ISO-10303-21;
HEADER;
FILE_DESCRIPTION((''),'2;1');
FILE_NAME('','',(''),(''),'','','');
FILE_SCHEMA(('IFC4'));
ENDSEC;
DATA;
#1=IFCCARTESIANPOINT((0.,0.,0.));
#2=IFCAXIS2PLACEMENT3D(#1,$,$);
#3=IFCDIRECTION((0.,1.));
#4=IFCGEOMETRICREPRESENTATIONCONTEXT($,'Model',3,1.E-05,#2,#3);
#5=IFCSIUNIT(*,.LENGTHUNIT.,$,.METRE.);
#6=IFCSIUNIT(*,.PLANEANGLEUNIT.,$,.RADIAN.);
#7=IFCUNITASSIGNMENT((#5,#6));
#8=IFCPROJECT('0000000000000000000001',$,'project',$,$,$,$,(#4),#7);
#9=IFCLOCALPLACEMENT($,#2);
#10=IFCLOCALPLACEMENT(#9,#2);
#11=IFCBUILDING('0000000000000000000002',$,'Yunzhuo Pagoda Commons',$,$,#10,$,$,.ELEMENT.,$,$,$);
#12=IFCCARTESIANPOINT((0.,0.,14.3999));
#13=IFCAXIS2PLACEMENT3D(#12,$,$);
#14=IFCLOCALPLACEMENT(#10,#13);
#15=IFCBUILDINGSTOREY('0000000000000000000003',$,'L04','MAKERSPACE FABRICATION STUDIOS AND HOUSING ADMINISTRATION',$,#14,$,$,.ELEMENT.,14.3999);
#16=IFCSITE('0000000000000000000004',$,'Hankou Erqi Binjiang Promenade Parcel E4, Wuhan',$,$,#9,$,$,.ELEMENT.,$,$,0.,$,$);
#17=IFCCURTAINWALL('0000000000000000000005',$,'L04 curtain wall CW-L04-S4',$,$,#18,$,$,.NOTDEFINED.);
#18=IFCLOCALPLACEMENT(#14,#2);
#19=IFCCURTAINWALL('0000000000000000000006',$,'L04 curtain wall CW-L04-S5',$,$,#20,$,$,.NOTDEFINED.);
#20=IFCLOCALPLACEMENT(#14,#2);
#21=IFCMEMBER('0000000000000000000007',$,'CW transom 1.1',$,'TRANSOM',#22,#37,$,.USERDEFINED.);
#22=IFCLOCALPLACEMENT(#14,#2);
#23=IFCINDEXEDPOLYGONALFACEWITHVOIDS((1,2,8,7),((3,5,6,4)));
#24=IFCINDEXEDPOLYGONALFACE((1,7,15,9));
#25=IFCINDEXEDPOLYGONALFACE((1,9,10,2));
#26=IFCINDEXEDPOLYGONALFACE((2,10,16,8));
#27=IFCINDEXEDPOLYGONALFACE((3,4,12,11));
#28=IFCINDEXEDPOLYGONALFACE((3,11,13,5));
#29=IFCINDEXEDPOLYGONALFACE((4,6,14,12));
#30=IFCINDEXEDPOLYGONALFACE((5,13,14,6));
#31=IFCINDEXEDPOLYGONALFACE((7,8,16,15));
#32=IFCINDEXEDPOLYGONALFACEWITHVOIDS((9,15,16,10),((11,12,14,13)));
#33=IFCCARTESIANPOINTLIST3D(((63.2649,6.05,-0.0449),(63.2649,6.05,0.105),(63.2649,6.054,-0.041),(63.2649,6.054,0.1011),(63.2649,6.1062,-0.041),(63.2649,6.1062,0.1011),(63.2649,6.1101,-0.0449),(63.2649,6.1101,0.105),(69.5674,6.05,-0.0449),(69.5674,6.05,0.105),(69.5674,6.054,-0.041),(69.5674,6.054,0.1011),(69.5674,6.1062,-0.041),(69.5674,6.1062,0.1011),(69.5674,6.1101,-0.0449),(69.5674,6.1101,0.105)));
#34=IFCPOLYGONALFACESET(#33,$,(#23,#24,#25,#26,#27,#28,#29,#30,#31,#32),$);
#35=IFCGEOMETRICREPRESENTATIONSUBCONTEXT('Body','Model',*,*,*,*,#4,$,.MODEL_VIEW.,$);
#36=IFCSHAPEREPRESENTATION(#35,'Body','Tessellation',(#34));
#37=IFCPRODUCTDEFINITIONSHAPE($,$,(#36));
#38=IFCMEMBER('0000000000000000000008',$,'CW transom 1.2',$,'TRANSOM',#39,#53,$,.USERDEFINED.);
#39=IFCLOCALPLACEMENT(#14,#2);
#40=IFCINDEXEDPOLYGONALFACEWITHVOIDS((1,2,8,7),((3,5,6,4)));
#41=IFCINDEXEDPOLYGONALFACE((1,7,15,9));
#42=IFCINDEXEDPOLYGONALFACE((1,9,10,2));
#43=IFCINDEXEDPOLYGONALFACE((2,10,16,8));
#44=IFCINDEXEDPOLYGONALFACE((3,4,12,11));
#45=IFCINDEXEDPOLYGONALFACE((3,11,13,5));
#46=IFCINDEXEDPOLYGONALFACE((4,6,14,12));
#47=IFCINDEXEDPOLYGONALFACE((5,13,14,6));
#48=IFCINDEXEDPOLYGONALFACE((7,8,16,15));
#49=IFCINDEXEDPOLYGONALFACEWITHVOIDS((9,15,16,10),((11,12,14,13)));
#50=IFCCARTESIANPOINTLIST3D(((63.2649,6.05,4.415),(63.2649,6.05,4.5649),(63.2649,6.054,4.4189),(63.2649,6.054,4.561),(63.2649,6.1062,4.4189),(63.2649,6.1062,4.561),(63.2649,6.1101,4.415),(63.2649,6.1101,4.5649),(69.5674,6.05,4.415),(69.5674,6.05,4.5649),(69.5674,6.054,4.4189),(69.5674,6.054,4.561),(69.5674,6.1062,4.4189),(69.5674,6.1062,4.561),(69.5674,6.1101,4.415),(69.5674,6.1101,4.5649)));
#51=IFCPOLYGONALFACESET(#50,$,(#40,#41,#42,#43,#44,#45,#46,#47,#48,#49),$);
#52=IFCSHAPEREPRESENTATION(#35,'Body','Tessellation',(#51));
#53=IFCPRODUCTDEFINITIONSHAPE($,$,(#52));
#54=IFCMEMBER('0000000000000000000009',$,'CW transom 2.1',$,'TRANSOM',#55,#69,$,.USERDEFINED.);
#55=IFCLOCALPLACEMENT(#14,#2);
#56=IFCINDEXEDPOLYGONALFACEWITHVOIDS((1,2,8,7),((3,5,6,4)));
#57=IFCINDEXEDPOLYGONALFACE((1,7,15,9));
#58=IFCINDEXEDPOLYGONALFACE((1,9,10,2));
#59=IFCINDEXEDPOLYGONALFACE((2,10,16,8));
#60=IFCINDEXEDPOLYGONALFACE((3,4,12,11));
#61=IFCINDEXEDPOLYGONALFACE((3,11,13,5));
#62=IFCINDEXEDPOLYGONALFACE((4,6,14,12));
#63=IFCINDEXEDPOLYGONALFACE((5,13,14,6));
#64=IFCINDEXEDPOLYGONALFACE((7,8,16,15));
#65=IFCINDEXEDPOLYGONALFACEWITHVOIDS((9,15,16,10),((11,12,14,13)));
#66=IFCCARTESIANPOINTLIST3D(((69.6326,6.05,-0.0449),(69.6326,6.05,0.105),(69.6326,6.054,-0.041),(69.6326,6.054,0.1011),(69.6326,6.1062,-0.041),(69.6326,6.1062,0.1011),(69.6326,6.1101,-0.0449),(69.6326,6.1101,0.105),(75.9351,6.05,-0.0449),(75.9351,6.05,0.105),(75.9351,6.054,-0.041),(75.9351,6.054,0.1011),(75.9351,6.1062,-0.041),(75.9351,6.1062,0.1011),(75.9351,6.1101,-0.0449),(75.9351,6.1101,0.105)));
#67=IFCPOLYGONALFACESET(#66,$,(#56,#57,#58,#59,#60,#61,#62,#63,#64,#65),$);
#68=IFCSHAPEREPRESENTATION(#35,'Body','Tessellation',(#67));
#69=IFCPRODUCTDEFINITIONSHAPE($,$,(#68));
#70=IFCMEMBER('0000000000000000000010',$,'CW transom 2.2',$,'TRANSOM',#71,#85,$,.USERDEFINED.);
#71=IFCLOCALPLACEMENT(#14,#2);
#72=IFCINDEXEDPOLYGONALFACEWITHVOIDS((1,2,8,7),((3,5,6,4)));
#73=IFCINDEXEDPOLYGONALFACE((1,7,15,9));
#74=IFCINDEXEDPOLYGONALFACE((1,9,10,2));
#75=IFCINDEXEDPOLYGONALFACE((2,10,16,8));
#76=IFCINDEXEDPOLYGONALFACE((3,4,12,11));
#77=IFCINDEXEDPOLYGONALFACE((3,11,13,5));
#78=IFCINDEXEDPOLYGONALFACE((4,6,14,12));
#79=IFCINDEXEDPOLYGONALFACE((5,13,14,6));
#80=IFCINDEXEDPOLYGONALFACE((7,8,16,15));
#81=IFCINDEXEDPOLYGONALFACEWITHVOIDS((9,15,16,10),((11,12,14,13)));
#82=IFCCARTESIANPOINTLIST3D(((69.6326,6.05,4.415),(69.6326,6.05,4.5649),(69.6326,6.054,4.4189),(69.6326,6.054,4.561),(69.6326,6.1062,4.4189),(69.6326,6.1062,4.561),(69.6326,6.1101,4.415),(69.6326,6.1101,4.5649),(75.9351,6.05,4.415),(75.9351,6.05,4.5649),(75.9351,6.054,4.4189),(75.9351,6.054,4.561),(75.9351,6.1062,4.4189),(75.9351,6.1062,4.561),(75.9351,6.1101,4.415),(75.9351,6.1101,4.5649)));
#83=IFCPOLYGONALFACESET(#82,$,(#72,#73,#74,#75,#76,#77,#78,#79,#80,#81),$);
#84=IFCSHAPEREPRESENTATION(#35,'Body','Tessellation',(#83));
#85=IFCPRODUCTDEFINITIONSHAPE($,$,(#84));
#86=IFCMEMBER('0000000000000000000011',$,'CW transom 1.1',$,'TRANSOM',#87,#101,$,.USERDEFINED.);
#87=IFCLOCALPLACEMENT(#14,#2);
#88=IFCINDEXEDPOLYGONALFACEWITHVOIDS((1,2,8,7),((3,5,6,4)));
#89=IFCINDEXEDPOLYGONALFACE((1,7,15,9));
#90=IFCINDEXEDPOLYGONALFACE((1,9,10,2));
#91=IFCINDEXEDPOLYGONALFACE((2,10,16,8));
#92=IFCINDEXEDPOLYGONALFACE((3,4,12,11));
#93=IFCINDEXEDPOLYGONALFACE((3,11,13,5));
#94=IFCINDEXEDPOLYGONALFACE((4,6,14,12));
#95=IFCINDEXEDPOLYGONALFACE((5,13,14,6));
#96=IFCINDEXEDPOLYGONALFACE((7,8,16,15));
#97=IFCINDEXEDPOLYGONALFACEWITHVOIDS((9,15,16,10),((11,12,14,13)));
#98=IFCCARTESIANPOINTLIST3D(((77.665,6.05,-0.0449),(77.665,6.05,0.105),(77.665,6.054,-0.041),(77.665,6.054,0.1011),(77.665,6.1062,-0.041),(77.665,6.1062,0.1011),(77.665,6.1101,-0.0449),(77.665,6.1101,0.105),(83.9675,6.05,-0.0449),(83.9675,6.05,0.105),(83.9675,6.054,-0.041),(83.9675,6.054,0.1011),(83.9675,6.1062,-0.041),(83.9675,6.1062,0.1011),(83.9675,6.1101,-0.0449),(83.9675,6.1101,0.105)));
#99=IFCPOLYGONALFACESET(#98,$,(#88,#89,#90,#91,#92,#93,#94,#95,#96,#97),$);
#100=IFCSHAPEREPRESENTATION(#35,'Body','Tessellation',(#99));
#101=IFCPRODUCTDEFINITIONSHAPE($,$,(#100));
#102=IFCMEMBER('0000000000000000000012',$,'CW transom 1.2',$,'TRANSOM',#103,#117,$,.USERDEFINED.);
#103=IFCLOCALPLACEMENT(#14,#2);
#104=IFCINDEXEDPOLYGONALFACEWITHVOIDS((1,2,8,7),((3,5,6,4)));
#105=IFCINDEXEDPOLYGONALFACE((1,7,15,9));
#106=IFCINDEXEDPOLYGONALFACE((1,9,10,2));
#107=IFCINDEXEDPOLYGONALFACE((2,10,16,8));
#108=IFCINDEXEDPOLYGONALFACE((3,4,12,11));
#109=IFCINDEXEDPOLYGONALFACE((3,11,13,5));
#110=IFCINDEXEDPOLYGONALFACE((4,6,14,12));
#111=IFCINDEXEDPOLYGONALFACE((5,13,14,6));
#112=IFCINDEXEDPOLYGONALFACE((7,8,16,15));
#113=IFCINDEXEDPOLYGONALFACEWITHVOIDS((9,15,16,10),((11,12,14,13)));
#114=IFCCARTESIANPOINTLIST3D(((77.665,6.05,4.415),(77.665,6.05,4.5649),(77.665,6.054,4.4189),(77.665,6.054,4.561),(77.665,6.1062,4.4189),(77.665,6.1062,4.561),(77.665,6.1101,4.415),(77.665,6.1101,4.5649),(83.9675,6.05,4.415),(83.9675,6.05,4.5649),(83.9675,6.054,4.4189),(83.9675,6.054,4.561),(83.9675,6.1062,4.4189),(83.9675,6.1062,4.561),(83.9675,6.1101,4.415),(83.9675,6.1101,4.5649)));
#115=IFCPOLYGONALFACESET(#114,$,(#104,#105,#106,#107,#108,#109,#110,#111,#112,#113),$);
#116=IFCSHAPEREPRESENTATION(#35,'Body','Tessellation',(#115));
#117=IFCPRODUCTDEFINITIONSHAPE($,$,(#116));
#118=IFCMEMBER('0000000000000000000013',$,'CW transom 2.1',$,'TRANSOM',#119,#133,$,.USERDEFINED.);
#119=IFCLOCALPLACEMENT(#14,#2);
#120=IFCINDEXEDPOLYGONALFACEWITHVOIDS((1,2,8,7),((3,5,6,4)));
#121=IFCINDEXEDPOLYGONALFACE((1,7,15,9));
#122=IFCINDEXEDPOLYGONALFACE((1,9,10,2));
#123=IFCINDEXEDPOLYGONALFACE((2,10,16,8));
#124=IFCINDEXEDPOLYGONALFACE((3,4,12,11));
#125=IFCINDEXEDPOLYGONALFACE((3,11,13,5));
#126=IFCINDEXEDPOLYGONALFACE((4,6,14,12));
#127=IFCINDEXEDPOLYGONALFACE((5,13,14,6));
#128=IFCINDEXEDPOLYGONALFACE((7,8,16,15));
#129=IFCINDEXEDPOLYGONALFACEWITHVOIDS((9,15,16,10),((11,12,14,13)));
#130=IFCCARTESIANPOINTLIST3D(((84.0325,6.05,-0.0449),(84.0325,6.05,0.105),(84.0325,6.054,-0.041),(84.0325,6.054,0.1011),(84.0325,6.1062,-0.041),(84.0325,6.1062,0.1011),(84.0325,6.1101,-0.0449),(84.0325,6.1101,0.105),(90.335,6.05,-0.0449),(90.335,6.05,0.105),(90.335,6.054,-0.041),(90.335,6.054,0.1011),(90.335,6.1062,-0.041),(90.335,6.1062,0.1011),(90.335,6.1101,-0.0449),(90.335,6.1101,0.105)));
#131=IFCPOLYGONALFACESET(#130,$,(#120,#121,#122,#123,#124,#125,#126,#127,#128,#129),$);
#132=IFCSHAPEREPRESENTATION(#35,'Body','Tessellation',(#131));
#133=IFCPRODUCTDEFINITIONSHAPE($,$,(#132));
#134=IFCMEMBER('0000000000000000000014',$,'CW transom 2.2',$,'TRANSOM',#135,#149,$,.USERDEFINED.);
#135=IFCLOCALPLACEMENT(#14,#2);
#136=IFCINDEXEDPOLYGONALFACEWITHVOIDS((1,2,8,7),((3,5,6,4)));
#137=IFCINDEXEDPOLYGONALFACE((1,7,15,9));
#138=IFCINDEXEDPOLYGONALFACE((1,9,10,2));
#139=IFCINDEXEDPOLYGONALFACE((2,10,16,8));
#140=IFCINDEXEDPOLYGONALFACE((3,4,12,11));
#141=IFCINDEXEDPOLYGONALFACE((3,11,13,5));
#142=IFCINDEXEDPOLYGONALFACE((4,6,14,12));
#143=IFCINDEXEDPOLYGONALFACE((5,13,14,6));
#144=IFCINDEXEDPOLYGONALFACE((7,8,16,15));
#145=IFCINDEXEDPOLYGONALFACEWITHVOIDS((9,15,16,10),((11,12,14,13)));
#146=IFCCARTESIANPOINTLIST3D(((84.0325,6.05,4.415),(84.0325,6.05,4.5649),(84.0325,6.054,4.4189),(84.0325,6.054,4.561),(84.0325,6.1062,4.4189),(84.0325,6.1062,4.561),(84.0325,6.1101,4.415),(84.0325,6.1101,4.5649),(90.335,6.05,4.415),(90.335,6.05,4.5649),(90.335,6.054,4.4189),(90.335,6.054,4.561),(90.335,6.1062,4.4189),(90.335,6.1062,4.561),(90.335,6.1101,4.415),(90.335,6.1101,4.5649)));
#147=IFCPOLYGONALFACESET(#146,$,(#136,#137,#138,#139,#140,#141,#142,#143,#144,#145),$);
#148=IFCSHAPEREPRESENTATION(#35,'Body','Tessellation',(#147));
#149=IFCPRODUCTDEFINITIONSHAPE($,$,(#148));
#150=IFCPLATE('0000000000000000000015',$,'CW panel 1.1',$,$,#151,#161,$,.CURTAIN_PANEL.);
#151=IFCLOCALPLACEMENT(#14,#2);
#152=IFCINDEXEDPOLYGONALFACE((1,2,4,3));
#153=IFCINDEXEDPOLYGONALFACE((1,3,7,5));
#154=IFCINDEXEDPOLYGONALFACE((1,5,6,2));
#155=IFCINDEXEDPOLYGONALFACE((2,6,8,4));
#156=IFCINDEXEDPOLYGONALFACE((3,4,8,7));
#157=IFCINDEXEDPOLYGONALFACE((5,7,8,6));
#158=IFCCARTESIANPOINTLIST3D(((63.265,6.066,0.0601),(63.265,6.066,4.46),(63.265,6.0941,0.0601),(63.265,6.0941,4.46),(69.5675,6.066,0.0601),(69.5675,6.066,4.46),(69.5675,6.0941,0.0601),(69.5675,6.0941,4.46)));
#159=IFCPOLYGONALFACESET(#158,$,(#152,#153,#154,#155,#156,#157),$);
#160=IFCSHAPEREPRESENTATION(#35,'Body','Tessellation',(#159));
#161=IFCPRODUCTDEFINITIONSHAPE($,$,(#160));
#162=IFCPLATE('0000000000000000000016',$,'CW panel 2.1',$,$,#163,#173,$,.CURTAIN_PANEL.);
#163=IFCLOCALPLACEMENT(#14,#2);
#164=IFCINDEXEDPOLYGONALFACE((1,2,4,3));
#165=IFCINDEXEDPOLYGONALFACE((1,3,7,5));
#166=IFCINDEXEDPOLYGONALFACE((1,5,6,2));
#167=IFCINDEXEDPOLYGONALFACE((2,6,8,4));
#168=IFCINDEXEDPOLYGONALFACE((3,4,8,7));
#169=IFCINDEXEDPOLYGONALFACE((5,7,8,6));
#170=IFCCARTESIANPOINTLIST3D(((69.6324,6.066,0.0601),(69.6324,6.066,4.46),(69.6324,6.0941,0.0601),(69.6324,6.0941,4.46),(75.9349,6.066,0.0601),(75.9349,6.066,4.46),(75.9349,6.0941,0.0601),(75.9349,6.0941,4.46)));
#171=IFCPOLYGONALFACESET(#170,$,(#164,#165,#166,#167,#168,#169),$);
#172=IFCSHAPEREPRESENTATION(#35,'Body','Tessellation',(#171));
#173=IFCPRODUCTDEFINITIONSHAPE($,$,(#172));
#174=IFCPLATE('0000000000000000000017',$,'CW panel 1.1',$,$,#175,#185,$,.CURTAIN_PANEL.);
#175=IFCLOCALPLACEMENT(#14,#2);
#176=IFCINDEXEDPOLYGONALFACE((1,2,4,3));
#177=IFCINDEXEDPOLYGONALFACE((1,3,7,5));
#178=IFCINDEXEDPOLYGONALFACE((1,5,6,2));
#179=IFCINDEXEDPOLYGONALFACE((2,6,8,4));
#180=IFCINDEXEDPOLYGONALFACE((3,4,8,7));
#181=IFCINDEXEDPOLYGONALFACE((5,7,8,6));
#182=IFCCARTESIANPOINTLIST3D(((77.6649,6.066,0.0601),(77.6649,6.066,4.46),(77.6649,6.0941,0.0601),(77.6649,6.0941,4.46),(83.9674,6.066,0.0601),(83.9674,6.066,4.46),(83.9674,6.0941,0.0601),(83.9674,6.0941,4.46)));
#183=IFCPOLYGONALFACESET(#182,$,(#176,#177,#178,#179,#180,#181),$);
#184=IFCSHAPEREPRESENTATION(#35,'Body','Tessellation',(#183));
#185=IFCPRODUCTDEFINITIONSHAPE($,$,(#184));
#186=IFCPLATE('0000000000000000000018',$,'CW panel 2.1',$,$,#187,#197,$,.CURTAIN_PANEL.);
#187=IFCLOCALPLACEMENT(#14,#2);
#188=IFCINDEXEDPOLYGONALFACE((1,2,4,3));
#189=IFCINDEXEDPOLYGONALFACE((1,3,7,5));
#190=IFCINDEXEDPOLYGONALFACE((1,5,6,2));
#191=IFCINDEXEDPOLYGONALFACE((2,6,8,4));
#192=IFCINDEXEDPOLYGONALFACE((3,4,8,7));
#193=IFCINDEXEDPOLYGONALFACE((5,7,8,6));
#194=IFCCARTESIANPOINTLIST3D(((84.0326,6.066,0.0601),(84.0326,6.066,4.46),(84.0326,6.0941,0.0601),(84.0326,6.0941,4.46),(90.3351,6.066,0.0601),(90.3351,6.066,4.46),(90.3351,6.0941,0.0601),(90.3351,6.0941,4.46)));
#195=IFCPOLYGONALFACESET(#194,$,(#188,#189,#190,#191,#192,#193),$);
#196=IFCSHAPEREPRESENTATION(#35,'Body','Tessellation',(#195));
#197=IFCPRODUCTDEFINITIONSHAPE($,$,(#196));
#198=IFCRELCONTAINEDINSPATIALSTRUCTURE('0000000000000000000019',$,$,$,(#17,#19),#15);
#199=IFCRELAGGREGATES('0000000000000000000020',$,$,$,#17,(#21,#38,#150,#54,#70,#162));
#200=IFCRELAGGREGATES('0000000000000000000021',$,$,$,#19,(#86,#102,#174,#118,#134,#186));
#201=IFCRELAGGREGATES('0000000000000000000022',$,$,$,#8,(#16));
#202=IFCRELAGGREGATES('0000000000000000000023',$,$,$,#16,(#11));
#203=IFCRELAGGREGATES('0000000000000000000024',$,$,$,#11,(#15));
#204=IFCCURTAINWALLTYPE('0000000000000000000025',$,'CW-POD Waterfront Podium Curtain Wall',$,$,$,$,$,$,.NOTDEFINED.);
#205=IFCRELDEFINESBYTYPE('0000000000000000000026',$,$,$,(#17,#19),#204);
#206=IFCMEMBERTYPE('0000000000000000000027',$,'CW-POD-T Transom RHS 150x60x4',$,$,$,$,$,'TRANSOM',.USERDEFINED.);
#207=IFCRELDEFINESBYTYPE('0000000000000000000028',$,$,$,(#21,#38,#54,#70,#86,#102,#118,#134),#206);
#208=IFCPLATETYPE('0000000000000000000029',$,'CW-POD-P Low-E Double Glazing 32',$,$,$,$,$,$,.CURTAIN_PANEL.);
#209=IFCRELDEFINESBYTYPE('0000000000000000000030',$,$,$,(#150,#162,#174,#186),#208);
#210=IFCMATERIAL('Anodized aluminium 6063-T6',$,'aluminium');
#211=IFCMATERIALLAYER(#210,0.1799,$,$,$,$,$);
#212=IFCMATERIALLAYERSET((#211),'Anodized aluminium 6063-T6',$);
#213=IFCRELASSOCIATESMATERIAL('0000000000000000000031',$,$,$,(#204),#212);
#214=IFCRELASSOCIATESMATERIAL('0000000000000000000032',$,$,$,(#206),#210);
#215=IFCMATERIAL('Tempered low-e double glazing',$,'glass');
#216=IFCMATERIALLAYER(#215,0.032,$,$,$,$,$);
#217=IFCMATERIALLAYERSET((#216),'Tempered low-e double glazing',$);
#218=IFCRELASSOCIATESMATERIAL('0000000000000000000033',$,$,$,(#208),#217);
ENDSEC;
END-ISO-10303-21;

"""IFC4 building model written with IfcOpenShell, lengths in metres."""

from ifc_helpers import new_model, si_unit, direction, frame, origin, origin_2d, place, context, subcontext, project, spatial, rectangle, hollow_rectangle, extrude, source, transform, mapped, material, layer, layer_set, material_profile, profile_set, type_object, element, aggregate, save


model = new_model("IFC4")

# Units and contexts
model_context = context("Model", 3, precision=1e-05, world=origin(), true_north=direction((0.0, 1.0)))
body_context = subcontext(model_context, "Body", "Model", "MODEL_VIEW")
ifc_project = project(units=[si_unit("LENGTHUNIT", "METRE"), si_unit("PLANEANGLEUNIT", "RADIAN")], contexts=[model_context])

# Site, building, storey
site_placement = place(None, origin())
site = spatial("IfcSite", under=ifc_project, at=site_placement, Name="Hankou Erqi Binjiang Promenade Parcel E4, Wuhan", CompositionType="ELEMENT", RefElevation=0.0)
building_placement = place(site_placement, origin())
building = spatial("IfcBuilding", under=site, at=building_placement, Name="Yunzhuo Pagoda Commons", CompositionType="ELEMENT")
storey_placement = place(building_placement, frame((0.0, 0.0, 14.3999)))
storey = spatial("IfcBuildingStorey", under=building, at=storey_placement, Name="L04", Description="MAKERSPACE FABRICATION STUDIOS AND HOUSING ADMINISTRATION", CompositionType="ELEMENT", Elevation=14.3999)

# Shared definitions
ifc_material_1 = material(Name="Anodized aluminium 6063-T6", Category="aluminium")
ifc_layer_1 = layer(ifc_material_1, 0.1799)
ifc_layer_set_1 = layer_set([ifc_layer_1], Name="Anodized aluminium 6063-T6")
curtain_wall_type = type_object("IfcCurtainWallType", Name="CW-POD Waterfront Podium Curtain Wall", PredefinedType="NOTDEFINED", material=ifc_layer_set_1)

# Curtain walls
curtain_wall_1_placement = place(storey_placement, origin())
curtain_wall_1 = element("IfcCurtainWall", 1, at=curtain_wall_1_placement, inside=storey, type_object=curtain_wall_type, Name="L04 curtain wall CW-L04-S4", PredefinedType="NOTDEFINED")
curtain_wall_2_placement = place(storey_placement, origin())
curtain_wall_2 = element("IfcCurtainWall", 2, at=curtain_wall_2_placement, inside=storey, type_object=curtain_wall_type, Name="L04 curtain wall CW-L04-S5", PredefinedType="NOTDEFINED")

# Members
ifc_material_profile_1 = material_profile(ifc_material_1, hollow_rectangle(XDim=0.0601, YDim=0.1499, WallThickness=0.0039, at=origin_2d()), Name="Anodized aluminium 6063-T6")
ifc_profile_set_1 = profile_set([ifc_material_profile_1], Name="Anodized aluminium 6063-T6")
member_type_1 = type_object("IfcMemberType", Name="CW-POD-T Transom RHS 150x60x4", ElementType="TRANSOM", PredefinedType="USERDEFINED", material=ifc_profile_set_1)
shared_shape_1 = source(origin(), body_context, "Body", "SweptSolid", [
    extrude(hollow_rectangle(XDim=0.0601, YDim=0.1499, WallThickness=0.0039, at=origin_2d()), origin(), (0.0, 0.0, 1.0), 6.3025),
])
member_1_placement = place(storey_placement, frame((63.2649, 6.0801, 0.03), z_axis=(1.0, 0.0, 0.0), x_axis=(0.0, 1.0, 0.0)))
member_1 = element("IfcMember", 3, at=member_1_placement, type_object=member_type_1, Name="CW transom 1.1", ObjectType="TRANSOM", PredefinedType="USERDEFINED", context=body_context, shape_type="MappedRepresentation", body=[
    mapped(shared_shape_1, transform((0.0, 0.0, 0.0), scale=1.0)),
])
member_2_placement = place(storey_placement, frame((63.2649, 6.0801, 4.49), z_axis=(1.0, 0.0, 0.0), x_axis=(0.0, 1.0, 0.0)))
member_2 = element("IfcMember", 4, at=member_2_placement, type_object=member_type_1, Name="CW transom 1.2", ObjectType="TRANSOM", PredefinedType="USERDEFINED", context=body_context, shape_type="MappedRepresentation", body=[
    mapped(shared_shape_1, transform((0.0, 0.0, 0.0), scale=1.0)),
])
member_3_placement = place(storey_placement, frame((69.6326, 6.0801, 0.03), z_axis=(1.0, 0.0, 0.0), x_axis=(0.0, 1.0, 0.0)))
member_3 = element("IfcMember", 5, at=member_3_placement, type_object=member_type_1, Name="CW transom 2.1", ObjectType="TRANSOM", PredefinedType="USERDEFINED", context=body_context, shape_type="MappedRepresentation", body=[
    mapped(shared_shape_1, transform((0.0, 0.0, 0.0), scale=1.0)),
])
member_4_placement = place(storey_placement, frame((69.6326, 6.0801, 4.49), z_axis=(1.0, 0.0, 0.0), x_axis=(0.0, 1.0, 0.0)))
member_4 = element("IfcMember", 6, at=member_4_placement, type_object=member_type_1, Name="CW transom 2.2", ObjectType="TRANSOM", PredefinedType="USERDEFINED", context=body_context, shape_type="MappedRepresentation", body=[
    mapped(shared_shape_1, transform((0.0, 0.0, 0.0), scale=1.0)),
])
member_5_placement = place(storey_placement, frame((77.665, 6.0801, 0.03), z_axis=(1.0, 0.0, 0.0), x_axis=(0.0, 1.0, 0.0)))
member_5 = element("IfcMember", 7, at=member_5_placement, type_object=member_type_1, Name="CW transom 1.1", ObjectType="TRANSOM", PredefinedType="USERDEFINED", context=body_context, shape_type="MappedRepresentation", body=[
    mapped(shared_shape_1, transform((0.0, 0.0, 0.0), scale=1.0)),
])
member_6_placement = place(storey_placement, frame((77.665, 6.0801, 4.49), z_axis=(1.0, 0.0, 0.0), x_axis=(0.0, 1.0, 0.0)))
member_6 = element("IfcMember", 8, at=member_6_placement, type_object=member_type_1, Name="CW transom 1.2", ObjectType="TRANSOM", PredefinedType="USERDEFINED", context=body_context, shape_type="MappedRepresentation", body=[
    mapped(shared_shape_1, transform((0.0, 0.0, 0.0), scale=1.0)),
])
member_7_placement = place(storey_placement, frame((84.0325, 6.0801, 0.03), z_axis=(1.0, 0.0, 0.0), x_axis=(0.0, 1.0, 0.0)))
member_7 = element("IfcMember", 9, at=member_7_placement, type_object=member_type_1, Name="CW transom 2.1", ObjectType="TRANSOM", PredefinedType="USERDEFINED", context=body_context, shape_type="MappedRepresentation", body=[
    mapped(shared_shape_1, transform((0.0, 0.0, 0.0), scale=1.0)),
])
member_8_placement = place(storey_placement, frame((84.0325, 6.0801, 4.49), z_axis=(1.0, 0.0, 0.0), x_axis=(0.0, 1.0, 0.0)))
member_8 = element("IfcMember", 10, at=member_8_placement, type_object=member_type_1, Name="CW transom 2.2", ObjectType="TRANSOM", PredefinedType="USERDEFINED", context=body_context, shape_type="MappedRepresentation", body=[
    mapped(shared_shape_1, transform((0.0, 0.0, 0.0), scale=1.0)),
])

# Plates
ifc_material_2 = material(Name="Tempered low-e double glazing", Category="glass")
ifc_layer_2 = layer(ifc_material_2, 0.032)
ifc_layer_set_2 = layer_set([ifc_layer_2], Name="Tempered low-e double glazing")
plate_type = type_object("IfcPlateType", Name="CW-POD-P Low-E Double Glazing 32", PredefinedType="CURTAIN_PANEL", material=ifc_layer_set_2)
shared_shape_2 = source(origin(), body_context, "Body", "SweptSolid", [
    extrude(rectangle(XDim=6.3025, YDim=0.0281, at=origin_2d()), origin(), (0.0, 0.0, 1.0), 4.3999),
])
plate_1_placement = place(storey_placement, frame((66.4163, 6.0801, 0.0601), z_axis=(0.0, 0.0, 1.0), x_axis=(1.0, 0.0, 0.0)))
plate_1 = element("IfcPlate", 11, at=plate_1_placement, type_object=plate_type, Name="CW panel 1.1", PredefinedType="CURTAIN_PANEL", context=body_context, shape_type="MappedRepresentation", body=[
    mapped(shared_shape_2, transform((0.0, 0.0, 0.0), scale=1.0)),
])
plate_2_placement = place(storey_placement, frame((72.7837, 6.0801, 0.0601), z_axis=(0.0, 0.0, 1.0), x_axis=(1.0, 0.0, 0.0)))
plate_2 = element("IfcPlate", 12, at=plate_2_placement, type_object=plate_type, Name="CW panel 2.1", PredefinedType="CURTAIN_PANEL", context=body_context, shape_type="MappedRepresentation", body=[
    mapped(shared_shape_2, transform((0.0, 0.0, 0.0), scale=1.0)),
])
aggregate(curtain_wall_1, [member_1, member_2, plate_1, member_3, member_4, plate_2])
plate_3_placement = place(storey_placement, frame((80.8162, 6.0801, 0.0601), z_axis=(0.0, 0.0, 1.0), x_axis=(1.0, 0.0, 0.0)))
plate_3 = element("IfcPlate", 13, at=plate_3_placement, type_object=plate_type, Name="CW panel 1.1", PredefinedType="CURTAIN_PANEL", context=body_context, shape_type="MappedRepresentation", body=[
    mapped(shared_shape_2, transform((0.0, 0.0, 0.0), scale=1.0)),
])
plate_4_placement = place(storey_placement, frame((87.1838, 6.0801, 0.0601), z_axis=(0.0, 0.0, 1.0), x_axis=(1.0, 0.0, 0.0)))
plate_4 = element("IfcPlate", 14, at=plate_4_placement, type_object=plate_type, Name="CW panel 2.1", PredefinedType="CURTAIN_PANEL", context=body_context, shape_type="MappedRepresentation", body=[
    mapped(shared_shape_2, transform((0.0, 0.0, 0.0), scale=1.0)),
])
aggregate(curtain_wall_2, [member_5, member_6, plate_3, member_7, member_8, plate_4])

save(model, "model.ifc")
